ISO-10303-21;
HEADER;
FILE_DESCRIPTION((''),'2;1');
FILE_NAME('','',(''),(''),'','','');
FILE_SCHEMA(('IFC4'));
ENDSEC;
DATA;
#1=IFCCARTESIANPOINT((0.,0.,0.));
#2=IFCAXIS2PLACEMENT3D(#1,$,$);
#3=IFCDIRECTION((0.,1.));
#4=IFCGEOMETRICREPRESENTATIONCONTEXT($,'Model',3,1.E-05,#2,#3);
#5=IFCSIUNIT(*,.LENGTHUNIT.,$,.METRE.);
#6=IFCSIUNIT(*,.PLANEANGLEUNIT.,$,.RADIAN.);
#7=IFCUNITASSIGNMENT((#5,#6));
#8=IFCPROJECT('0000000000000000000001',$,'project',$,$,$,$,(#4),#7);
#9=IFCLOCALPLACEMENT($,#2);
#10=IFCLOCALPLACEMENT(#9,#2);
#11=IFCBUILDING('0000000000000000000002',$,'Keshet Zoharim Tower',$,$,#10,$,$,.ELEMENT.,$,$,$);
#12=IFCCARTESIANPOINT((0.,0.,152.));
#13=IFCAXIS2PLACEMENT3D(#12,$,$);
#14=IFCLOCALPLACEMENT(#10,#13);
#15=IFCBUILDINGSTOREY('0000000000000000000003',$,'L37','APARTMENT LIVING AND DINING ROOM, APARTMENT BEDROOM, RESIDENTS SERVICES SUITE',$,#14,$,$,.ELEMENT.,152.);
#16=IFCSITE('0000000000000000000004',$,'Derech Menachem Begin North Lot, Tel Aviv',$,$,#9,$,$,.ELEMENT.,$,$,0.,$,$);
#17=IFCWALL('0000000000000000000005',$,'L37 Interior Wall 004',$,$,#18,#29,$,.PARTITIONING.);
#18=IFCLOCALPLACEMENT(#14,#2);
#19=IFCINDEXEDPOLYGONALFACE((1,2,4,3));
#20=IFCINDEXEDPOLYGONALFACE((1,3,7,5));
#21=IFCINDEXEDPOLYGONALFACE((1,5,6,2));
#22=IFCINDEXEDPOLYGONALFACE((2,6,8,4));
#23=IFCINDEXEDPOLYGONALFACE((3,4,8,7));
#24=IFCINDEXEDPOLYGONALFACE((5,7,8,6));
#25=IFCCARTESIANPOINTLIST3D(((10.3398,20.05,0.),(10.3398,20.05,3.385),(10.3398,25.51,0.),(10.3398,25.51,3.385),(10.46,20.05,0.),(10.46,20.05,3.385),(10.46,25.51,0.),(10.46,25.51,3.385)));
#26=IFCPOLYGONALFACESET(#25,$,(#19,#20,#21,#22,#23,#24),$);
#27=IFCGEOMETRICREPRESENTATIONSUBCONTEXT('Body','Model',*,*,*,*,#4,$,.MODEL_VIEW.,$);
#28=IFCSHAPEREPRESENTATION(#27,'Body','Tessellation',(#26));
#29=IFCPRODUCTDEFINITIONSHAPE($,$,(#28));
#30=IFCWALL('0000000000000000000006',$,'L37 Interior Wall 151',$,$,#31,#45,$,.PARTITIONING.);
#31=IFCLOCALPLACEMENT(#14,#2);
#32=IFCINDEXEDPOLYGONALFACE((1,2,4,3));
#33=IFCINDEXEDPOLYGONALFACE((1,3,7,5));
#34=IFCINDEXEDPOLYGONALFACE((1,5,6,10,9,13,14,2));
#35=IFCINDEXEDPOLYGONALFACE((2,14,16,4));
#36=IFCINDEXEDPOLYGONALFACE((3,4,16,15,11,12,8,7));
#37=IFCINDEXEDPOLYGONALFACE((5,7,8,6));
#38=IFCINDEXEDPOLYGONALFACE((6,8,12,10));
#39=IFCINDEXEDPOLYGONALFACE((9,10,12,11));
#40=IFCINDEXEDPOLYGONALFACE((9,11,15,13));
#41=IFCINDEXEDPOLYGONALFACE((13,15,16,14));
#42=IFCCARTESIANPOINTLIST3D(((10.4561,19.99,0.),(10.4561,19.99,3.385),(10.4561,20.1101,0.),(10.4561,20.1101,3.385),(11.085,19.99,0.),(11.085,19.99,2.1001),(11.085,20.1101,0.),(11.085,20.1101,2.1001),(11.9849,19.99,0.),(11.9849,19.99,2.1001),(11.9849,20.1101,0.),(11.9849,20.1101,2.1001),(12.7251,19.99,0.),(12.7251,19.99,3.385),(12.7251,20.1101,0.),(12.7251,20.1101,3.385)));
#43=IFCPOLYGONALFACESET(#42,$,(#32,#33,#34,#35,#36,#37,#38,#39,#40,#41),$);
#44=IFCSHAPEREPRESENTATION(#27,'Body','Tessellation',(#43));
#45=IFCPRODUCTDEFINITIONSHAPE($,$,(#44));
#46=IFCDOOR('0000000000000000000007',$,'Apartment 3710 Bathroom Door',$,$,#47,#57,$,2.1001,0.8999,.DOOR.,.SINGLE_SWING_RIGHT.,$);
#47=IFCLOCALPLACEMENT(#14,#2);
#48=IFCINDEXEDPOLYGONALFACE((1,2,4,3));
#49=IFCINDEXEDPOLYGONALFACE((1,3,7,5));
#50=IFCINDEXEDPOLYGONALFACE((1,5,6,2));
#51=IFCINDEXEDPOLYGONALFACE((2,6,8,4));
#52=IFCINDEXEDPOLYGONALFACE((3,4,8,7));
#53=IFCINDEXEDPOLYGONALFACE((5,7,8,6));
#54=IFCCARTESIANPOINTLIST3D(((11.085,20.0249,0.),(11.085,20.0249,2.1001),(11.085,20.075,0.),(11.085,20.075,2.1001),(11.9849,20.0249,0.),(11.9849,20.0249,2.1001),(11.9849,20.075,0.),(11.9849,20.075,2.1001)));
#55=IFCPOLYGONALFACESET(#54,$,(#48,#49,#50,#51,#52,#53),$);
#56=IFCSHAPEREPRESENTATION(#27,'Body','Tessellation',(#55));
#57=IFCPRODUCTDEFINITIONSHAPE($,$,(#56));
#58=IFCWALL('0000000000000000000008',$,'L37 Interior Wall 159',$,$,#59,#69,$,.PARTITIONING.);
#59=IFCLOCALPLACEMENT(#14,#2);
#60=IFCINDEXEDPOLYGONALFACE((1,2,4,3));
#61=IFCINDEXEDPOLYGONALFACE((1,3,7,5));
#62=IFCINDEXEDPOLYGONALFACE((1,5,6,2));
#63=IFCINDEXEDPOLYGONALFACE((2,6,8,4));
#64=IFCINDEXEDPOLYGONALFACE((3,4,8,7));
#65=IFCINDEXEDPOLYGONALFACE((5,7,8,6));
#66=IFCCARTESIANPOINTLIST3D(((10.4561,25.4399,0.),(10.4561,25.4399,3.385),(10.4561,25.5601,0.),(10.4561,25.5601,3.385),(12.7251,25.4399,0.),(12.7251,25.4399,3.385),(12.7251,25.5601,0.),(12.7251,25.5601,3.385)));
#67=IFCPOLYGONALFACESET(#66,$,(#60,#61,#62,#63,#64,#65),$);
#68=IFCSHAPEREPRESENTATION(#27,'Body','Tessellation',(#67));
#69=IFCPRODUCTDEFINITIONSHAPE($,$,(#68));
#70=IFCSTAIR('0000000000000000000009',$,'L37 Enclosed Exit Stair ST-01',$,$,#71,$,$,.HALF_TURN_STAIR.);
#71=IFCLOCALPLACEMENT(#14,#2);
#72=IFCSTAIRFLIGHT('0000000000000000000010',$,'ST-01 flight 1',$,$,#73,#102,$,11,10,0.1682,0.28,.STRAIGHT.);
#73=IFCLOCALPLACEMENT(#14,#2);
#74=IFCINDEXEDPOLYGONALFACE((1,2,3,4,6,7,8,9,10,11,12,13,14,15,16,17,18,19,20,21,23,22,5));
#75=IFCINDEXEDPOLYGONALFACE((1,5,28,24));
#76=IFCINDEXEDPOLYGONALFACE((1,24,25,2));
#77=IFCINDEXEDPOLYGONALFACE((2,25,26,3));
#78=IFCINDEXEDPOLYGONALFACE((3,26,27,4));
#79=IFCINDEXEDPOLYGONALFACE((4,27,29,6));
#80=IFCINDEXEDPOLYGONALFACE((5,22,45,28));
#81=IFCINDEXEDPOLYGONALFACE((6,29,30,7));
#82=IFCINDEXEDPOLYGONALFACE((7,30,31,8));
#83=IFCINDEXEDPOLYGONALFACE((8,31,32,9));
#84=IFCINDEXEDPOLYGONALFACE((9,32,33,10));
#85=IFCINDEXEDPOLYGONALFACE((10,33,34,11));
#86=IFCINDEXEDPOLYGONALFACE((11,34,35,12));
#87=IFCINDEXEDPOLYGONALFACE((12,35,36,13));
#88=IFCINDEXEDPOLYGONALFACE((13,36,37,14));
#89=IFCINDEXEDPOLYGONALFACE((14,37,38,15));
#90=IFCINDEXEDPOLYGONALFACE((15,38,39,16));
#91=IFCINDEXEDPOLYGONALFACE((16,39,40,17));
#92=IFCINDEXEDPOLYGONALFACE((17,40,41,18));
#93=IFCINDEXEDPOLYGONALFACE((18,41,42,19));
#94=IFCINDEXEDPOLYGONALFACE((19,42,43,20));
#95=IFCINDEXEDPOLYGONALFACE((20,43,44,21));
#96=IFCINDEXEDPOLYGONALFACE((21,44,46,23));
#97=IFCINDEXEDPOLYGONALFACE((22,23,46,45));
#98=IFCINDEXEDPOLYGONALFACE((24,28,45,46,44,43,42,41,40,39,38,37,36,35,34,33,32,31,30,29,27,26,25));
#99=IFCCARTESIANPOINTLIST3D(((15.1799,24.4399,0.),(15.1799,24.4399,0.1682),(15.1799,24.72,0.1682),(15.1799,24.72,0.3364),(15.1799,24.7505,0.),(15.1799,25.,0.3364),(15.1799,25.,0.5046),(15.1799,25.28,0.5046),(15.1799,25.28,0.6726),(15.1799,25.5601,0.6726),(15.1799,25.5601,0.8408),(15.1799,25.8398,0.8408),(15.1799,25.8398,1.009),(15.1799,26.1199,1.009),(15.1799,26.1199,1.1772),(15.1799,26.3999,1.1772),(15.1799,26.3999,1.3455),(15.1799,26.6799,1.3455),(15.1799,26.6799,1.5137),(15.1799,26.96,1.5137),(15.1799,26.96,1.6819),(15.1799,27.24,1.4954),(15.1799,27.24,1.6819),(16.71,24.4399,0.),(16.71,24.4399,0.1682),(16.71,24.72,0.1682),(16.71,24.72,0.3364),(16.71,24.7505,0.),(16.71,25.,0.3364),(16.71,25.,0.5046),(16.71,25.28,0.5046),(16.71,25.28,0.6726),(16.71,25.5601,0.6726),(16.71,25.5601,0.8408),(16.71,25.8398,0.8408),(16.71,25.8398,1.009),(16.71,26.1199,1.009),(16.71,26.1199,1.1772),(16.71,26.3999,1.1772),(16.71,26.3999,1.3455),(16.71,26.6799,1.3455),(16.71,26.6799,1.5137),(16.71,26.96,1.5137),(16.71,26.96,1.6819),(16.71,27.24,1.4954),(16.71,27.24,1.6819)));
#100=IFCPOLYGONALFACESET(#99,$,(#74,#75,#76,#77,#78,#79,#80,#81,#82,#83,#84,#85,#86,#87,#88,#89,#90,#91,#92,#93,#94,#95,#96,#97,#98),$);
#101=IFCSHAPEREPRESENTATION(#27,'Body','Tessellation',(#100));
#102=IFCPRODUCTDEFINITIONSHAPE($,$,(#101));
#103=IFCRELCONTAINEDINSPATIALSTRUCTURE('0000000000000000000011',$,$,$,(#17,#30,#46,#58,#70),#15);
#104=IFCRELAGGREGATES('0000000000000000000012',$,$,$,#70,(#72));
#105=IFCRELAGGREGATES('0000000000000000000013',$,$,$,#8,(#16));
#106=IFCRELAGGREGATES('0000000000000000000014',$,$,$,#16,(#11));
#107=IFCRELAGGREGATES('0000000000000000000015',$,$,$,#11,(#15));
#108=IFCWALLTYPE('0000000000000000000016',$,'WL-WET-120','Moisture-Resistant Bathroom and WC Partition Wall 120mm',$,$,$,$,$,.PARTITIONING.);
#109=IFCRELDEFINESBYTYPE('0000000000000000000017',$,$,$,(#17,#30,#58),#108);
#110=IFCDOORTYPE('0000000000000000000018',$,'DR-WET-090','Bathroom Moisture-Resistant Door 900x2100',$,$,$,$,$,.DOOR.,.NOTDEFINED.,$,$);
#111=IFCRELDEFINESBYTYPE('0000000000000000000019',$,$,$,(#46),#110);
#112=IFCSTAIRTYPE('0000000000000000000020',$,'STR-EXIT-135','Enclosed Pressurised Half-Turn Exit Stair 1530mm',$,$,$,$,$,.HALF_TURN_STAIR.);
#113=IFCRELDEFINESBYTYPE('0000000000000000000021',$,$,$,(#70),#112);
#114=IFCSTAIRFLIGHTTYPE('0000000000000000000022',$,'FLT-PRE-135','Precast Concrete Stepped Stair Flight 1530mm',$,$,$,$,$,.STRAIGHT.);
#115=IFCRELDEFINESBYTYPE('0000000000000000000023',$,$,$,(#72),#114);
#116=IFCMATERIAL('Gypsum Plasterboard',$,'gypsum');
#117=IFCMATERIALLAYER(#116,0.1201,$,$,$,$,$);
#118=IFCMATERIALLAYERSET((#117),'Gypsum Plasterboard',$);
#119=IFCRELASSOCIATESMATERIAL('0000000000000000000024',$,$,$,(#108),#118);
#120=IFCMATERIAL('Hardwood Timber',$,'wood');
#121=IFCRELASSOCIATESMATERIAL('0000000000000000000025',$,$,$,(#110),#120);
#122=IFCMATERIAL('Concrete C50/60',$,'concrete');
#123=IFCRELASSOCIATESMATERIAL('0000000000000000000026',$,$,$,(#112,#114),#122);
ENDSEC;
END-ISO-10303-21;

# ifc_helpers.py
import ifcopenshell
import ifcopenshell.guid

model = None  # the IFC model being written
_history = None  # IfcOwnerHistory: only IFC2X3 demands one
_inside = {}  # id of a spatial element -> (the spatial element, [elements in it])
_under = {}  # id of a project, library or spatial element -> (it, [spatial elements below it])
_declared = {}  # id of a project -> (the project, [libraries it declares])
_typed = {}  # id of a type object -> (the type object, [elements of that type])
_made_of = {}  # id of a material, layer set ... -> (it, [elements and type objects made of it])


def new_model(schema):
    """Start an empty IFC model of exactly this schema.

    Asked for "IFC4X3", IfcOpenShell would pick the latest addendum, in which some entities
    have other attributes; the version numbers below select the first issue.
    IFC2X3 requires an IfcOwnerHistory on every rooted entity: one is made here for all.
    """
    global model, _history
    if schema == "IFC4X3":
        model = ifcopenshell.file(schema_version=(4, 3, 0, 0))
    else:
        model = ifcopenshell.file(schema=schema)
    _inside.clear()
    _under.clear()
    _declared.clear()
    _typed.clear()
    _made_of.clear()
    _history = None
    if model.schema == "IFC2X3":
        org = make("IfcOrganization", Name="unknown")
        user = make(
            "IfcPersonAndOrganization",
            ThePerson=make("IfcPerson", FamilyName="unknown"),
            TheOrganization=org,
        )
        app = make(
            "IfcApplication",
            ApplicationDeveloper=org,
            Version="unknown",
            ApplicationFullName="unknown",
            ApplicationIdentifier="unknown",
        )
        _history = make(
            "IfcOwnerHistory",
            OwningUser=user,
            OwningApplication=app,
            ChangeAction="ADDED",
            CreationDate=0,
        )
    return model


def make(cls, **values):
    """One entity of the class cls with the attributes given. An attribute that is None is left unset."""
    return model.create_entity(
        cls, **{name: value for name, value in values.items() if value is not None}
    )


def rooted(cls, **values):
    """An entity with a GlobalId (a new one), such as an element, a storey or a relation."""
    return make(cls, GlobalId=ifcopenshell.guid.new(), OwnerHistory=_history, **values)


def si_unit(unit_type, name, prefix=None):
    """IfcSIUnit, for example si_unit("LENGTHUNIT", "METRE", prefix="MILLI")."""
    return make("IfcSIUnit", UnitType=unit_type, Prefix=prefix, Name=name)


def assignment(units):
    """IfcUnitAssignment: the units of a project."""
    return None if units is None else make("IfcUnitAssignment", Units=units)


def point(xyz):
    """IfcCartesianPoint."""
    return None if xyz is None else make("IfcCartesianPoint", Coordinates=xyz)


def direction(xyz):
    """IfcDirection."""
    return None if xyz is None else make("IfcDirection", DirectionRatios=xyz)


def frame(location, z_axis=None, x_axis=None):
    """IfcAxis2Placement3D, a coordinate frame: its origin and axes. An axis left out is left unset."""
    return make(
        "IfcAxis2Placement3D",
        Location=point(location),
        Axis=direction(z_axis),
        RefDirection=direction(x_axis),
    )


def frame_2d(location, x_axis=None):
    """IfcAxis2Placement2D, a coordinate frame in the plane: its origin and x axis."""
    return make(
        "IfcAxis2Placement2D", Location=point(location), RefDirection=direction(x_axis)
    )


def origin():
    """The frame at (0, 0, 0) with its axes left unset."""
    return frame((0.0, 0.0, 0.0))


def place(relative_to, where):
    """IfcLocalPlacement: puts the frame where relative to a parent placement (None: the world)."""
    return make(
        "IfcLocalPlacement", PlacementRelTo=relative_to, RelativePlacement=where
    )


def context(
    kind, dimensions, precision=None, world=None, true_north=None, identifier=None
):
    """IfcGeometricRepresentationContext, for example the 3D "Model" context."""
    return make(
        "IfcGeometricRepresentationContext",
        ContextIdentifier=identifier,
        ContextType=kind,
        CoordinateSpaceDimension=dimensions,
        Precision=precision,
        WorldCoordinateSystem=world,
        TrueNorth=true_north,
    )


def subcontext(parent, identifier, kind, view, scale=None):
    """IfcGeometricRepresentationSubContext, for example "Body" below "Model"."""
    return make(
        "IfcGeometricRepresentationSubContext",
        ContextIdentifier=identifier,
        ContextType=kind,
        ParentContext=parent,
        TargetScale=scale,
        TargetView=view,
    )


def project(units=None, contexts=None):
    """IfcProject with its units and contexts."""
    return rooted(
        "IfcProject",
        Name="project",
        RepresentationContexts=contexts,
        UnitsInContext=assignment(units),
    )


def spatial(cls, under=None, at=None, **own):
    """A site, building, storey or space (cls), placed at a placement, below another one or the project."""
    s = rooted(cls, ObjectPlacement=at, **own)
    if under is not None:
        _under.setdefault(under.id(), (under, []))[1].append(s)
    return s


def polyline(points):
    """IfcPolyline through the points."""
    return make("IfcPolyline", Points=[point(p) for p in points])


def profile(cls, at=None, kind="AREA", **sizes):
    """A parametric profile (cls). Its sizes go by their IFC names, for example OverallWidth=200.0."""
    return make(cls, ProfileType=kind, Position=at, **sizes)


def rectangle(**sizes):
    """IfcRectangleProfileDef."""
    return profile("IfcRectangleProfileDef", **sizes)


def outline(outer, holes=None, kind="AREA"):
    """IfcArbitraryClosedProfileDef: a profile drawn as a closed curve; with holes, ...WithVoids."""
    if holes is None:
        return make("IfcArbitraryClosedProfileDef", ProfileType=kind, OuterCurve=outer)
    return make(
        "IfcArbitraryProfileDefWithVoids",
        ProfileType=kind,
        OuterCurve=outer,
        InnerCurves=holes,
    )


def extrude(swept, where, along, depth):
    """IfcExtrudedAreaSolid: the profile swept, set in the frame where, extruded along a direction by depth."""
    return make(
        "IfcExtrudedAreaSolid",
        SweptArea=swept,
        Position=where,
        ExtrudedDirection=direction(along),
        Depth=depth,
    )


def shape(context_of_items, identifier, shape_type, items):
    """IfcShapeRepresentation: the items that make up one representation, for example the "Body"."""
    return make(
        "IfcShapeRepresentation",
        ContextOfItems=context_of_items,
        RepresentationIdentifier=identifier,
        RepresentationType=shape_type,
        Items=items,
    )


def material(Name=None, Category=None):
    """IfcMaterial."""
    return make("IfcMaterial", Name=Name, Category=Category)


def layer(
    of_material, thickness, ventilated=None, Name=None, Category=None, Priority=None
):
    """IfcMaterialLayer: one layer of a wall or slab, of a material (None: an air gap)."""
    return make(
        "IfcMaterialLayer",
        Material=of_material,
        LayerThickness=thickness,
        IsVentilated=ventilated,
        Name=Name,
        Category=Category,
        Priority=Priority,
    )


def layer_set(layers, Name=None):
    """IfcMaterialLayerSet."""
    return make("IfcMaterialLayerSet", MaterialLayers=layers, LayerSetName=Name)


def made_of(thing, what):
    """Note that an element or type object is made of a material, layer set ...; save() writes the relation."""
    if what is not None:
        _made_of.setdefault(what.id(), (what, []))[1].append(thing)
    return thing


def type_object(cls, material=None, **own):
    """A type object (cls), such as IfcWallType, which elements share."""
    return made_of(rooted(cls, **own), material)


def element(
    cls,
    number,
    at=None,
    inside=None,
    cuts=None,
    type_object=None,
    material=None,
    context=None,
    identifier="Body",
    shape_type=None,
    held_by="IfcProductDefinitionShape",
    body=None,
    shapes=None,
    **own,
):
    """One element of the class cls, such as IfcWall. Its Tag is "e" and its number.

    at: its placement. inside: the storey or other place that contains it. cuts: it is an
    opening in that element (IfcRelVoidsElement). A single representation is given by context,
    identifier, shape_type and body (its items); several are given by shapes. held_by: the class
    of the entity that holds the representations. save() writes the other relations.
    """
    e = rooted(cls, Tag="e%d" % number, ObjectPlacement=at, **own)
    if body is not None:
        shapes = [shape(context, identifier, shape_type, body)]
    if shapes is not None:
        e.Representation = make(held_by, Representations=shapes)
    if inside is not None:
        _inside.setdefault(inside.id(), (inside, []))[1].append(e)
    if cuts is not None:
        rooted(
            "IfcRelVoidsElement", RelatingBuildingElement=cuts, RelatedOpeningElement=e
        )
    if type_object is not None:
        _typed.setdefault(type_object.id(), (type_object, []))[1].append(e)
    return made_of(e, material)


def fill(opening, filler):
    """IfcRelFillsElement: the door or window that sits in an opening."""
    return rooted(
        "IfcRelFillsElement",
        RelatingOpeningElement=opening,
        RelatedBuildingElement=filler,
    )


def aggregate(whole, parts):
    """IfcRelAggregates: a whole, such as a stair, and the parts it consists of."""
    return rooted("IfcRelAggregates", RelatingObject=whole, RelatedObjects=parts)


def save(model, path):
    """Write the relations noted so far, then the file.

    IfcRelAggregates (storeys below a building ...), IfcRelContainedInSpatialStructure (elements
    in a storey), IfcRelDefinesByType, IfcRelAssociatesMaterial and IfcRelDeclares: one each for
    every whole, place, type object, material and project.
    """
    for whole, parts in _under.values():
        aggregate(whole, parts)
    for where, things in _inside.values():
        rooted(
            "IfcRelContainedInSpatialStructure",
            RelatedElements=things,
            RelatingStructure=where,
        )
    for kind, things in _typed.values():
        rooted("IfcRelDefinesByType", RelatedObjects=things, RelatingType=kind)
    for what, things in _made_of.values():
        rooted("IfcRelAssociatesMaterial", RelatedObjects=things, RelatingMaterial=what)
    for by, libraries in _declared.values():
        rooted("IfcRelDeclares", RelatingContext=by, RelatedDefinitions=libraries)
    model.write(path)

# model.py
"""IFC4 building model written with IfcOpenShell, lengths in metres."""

from ifc_helpers import new_model, si_unit, direction, frame, frame_2d, origin, place, context, subcontext, project, spatial, polyline, rectangle, outline, extrude, material, layer, layer_set, type_object, element, fill, aggregate, save


model = new_model("IFC4")

# Units and contexts
model_context = context("Model", 3, precision=1e-05, world=origin(), true_north=direction((0.0, 1.0)))
body_context = subcontext(model_context, "Body", "Model", "MODEL_VIEW")
ifc_project = project(units=[si_unit("LENGTHUNIT", "METRE"), si_unit("PLANEANGLEUNIT", "RADIAN")], contexts=[model_context])

# Site, building, storey
site_placement = place(None, origin())
site = spatial("IfcSite", under=ifc_project, at=site_placement, Name="Derech Menachem Begin North Lot, Tel Aviv", CompositionType="ELEMENT", RefElevation=0.0)
building_placement = place(site_placement, origin())
building = spatial("IfcBuilding", under=site, at=building_placement, Name="Keshet Zoharim Tower", CompositionType="ELEMENT")
storey_placement = place(building_placement, frame((0.0, 0.0, 152.0)))
storey = spatial("IfcBuildingStorey", under=building, at=storey_placement, Name="L37", Description="APARTMENT LIVING AND DINING ROOM, APARTMENT BEDROOM, RESIDENTS SERVICES SUITE", CompositionType="ELEMENT", Elevation=152.0)

# Shared definitions
ifc_material_1 = material(Name="Gypsum Plasterboard", Category="gypsum")

# Shared definitions
ifc_material_2 = material(Name="Hardwood Timber", Category="wood")

# Wall
ifc_layer_1 = layer(ifc_material_1, 0.1201)
ifc_layer_set_1 = layer_set([ifc_layer_1], Name="Gypsum Plasterboard")
wall_type_1 = type_object("IfcWallType", Name="WL-WET-120", Description="Moisture-Resistant Bathroom and WC Partition Wall 120mm", PredefinedType="PARTITIONING", material=ifc_layer_set_1)
wall_1_placement = place(storey_placement, frame((10.3999, 20.05, 0.0), z_axis=(0.0, 0.0, 1.0), x_axis=(0.0, 1.0, 0.0)))
element("IfcWall", 1, at=wall_1_placement, inside=storey, type_object=wall_type_1, Name="L37 Interior Wall 004", PredefinedType="PARTITIONING", context=body_context, shape_type="SweptSolid", body=[
    extrude(rectangle(XDim=5.46, YDim=0.1201, at=frame_2d((2.73, 0.0))), origin(), (0.0, 0.0, 1.0), 3.385),
])

# Wall, opening, door
wall_2_placement = place(storey_placement, frame((10.4561, 20.05, 0.0), z_axis=(0.0, 0.0, 1.0), x_axis=(1.0, 0.0, 0.0)))
wall_2 = element("IfcWall", 2, at=wall_2_placement, inside=storey, type_object=wall_type_1, Name="L37 Interior Wall 151", PredefinedType="PARTITIONING", context=body_context, shape_type="SweptSolid", body=[
    extrude(rectangle(XDim=2.269, YDim=0.1201, at=frame_2d((1.1345, 0.0))), origin(), (0.0, 0.0, 1.0), 3.385),
])
opening_1_placement = place(wall_2_placement, frame((0.6289, 0.0, 0.0)))
opening_1 = element("IfcOpeningElement", 3, at=opening_1_placement, cuts=wall_2, PredefinedType="OPENING", context=body_context, shape_type="SweptSolid", body=[
    extrude(rectangle(XDim=0.8999, YDim=2.1001, at=frame_2d((0.45, 1.05))), frame((0.0, 0.0701, 0.0), z_axis=(0.0, -1.0, 0.0), x_axis=(1.0, 0.0, 0.0)), (0.0, 0.0, 1.0), 0.1401),
])
door_type_1 = type_object("IfcDoorType", Name="DR-WET-090", Description="Bathroom Moisture-Resistant Door 900x2100", OperationType="NOTDEFINED", PredefinedType="DOOR", material=ifc_material_2)
door_1_placement = place(opening_1_placement, origin())
door_1 = element("IfcDoor", 4, at=door_1_placement, inside=storey, type_object=door_type_1, Name="Apartment 3710 Bathroom Door", OperationType="SINGLE_SWING_RIGHT", OverallHeight=2.1001, OverallWidth=0.8999, PredefinedType="DOOR", context=body_context, shape_type="SweptSolid", body=[
    extrude(rectangle(XDim=0.8999, YDim=2.1001, at=frame_2d((0.45, 1.05))), frame((0.0, 0.0249, 0.0), z_axis=(0.0, -1.0, 0.0), x_axis=(1.0, 0.0, 0.0)), (0.0, 0.0, 1.0), 0.05),
])
fill(opening_1, door_1)

# Wall
wall_3_placement = place(storey_placement, frame((10.4561, 25.5, 0.0), z_axis=(0.0, 0.0, 1.0), x_axis=(1.0, 0.0, 0.0)))
element("IfcWall", 5, at=wall_3_placement, inside=storey, type_object=wall_type_1, Name="L37 Interior Wall 159", PredefinedType="PARTITIONING", context=body_context, shape_type="SweptSolid", body=[
    extrude(rectangle(XDim=2.269, YDim=0.1201, at=frame_2d((1.1345, 0.0))), origin(), (0.0, 0.0, 1.0), 3.385),
])

# Stair, stair flight
ifc_material_3 = material(Name="Concrete C50/60", Category="concrete")
stair_type = type_object("IfcStairType", Name="STR-EXIT-135", Description="Enclosed Pressurised Half-Turn Exit Stair 1530mm", PredefinedType="HALF_TURN_STAIR", material=ifc_material_3)
stair_placement = place(storey_placement, origin())
stair = element("IfcStair", 6, at=stair_placement, inside=storey, type_object=stair_type, Name="L37 Enclosed Exit Stair ST-01", PredefinedType="HALF_TURN_STAIR")
stair_flight_type = type_object("IfcStairFlightType", Name="FLT-PRE-135", Description="Precast Concrete Stepped Stair Flight 1530mm", PredefinedType="STRAIGHT", material=ifc_material_3)
stair_flight_placement = place(storey_placement, frame((15.9451, 24.4399, 0.0), z_axis=(0.0, 0.0, 1.0), x_axis=(0.0, 1.0, 0.0)))
stair_flight = element("IfcStairFlight", 7, at=stair_flight_placement, type_object=stair_flight_type, Name="ST-01 flight 1", NumberOfRisers=11, NumberOfTreads=10, PredefinedType="STRAIGHT", RiserHeight=0.1682, TreadLength=0.28, context=body_context, shape_type="SweptSolid", body=[
    extrude(outline(polyline([(0.0, 0.0), (0.0, 0.1682), (0.28, 0.1682), (0.28, 0.3364), (0.5601, 0.3364), (0.5601, 0.5046), (0.8401, 0.5046), (0.8401, 0.6726), (1.1201, 0.6726), (1.1201, 0.8408), (1.3999, 0.8408), (1.3999, 1.009), (1.6799, 1.009), (1.6799, 1.1772), (1.96, 1.1772), (1.96, 1.3455), (2.24, 1.3455), (2.24, 1.5137), (2.52, 1.5137), (2.52, 1.6819), (2.8, 1.6819), (2.8, 1.8501), (2.8, 1.4954), (0.3105, 0.0), (0.0, 0.0)])), frame((0.0, 0.7651, 0.0), z_axis=(0.0, -1.0, 0.0), x_axis=(1.0, 0.0, 0.0)), (0.0, 0.0, 1.0), 1.53),
])
aggregate(stair, [stair_flight])

save(model, "model.ifc")
